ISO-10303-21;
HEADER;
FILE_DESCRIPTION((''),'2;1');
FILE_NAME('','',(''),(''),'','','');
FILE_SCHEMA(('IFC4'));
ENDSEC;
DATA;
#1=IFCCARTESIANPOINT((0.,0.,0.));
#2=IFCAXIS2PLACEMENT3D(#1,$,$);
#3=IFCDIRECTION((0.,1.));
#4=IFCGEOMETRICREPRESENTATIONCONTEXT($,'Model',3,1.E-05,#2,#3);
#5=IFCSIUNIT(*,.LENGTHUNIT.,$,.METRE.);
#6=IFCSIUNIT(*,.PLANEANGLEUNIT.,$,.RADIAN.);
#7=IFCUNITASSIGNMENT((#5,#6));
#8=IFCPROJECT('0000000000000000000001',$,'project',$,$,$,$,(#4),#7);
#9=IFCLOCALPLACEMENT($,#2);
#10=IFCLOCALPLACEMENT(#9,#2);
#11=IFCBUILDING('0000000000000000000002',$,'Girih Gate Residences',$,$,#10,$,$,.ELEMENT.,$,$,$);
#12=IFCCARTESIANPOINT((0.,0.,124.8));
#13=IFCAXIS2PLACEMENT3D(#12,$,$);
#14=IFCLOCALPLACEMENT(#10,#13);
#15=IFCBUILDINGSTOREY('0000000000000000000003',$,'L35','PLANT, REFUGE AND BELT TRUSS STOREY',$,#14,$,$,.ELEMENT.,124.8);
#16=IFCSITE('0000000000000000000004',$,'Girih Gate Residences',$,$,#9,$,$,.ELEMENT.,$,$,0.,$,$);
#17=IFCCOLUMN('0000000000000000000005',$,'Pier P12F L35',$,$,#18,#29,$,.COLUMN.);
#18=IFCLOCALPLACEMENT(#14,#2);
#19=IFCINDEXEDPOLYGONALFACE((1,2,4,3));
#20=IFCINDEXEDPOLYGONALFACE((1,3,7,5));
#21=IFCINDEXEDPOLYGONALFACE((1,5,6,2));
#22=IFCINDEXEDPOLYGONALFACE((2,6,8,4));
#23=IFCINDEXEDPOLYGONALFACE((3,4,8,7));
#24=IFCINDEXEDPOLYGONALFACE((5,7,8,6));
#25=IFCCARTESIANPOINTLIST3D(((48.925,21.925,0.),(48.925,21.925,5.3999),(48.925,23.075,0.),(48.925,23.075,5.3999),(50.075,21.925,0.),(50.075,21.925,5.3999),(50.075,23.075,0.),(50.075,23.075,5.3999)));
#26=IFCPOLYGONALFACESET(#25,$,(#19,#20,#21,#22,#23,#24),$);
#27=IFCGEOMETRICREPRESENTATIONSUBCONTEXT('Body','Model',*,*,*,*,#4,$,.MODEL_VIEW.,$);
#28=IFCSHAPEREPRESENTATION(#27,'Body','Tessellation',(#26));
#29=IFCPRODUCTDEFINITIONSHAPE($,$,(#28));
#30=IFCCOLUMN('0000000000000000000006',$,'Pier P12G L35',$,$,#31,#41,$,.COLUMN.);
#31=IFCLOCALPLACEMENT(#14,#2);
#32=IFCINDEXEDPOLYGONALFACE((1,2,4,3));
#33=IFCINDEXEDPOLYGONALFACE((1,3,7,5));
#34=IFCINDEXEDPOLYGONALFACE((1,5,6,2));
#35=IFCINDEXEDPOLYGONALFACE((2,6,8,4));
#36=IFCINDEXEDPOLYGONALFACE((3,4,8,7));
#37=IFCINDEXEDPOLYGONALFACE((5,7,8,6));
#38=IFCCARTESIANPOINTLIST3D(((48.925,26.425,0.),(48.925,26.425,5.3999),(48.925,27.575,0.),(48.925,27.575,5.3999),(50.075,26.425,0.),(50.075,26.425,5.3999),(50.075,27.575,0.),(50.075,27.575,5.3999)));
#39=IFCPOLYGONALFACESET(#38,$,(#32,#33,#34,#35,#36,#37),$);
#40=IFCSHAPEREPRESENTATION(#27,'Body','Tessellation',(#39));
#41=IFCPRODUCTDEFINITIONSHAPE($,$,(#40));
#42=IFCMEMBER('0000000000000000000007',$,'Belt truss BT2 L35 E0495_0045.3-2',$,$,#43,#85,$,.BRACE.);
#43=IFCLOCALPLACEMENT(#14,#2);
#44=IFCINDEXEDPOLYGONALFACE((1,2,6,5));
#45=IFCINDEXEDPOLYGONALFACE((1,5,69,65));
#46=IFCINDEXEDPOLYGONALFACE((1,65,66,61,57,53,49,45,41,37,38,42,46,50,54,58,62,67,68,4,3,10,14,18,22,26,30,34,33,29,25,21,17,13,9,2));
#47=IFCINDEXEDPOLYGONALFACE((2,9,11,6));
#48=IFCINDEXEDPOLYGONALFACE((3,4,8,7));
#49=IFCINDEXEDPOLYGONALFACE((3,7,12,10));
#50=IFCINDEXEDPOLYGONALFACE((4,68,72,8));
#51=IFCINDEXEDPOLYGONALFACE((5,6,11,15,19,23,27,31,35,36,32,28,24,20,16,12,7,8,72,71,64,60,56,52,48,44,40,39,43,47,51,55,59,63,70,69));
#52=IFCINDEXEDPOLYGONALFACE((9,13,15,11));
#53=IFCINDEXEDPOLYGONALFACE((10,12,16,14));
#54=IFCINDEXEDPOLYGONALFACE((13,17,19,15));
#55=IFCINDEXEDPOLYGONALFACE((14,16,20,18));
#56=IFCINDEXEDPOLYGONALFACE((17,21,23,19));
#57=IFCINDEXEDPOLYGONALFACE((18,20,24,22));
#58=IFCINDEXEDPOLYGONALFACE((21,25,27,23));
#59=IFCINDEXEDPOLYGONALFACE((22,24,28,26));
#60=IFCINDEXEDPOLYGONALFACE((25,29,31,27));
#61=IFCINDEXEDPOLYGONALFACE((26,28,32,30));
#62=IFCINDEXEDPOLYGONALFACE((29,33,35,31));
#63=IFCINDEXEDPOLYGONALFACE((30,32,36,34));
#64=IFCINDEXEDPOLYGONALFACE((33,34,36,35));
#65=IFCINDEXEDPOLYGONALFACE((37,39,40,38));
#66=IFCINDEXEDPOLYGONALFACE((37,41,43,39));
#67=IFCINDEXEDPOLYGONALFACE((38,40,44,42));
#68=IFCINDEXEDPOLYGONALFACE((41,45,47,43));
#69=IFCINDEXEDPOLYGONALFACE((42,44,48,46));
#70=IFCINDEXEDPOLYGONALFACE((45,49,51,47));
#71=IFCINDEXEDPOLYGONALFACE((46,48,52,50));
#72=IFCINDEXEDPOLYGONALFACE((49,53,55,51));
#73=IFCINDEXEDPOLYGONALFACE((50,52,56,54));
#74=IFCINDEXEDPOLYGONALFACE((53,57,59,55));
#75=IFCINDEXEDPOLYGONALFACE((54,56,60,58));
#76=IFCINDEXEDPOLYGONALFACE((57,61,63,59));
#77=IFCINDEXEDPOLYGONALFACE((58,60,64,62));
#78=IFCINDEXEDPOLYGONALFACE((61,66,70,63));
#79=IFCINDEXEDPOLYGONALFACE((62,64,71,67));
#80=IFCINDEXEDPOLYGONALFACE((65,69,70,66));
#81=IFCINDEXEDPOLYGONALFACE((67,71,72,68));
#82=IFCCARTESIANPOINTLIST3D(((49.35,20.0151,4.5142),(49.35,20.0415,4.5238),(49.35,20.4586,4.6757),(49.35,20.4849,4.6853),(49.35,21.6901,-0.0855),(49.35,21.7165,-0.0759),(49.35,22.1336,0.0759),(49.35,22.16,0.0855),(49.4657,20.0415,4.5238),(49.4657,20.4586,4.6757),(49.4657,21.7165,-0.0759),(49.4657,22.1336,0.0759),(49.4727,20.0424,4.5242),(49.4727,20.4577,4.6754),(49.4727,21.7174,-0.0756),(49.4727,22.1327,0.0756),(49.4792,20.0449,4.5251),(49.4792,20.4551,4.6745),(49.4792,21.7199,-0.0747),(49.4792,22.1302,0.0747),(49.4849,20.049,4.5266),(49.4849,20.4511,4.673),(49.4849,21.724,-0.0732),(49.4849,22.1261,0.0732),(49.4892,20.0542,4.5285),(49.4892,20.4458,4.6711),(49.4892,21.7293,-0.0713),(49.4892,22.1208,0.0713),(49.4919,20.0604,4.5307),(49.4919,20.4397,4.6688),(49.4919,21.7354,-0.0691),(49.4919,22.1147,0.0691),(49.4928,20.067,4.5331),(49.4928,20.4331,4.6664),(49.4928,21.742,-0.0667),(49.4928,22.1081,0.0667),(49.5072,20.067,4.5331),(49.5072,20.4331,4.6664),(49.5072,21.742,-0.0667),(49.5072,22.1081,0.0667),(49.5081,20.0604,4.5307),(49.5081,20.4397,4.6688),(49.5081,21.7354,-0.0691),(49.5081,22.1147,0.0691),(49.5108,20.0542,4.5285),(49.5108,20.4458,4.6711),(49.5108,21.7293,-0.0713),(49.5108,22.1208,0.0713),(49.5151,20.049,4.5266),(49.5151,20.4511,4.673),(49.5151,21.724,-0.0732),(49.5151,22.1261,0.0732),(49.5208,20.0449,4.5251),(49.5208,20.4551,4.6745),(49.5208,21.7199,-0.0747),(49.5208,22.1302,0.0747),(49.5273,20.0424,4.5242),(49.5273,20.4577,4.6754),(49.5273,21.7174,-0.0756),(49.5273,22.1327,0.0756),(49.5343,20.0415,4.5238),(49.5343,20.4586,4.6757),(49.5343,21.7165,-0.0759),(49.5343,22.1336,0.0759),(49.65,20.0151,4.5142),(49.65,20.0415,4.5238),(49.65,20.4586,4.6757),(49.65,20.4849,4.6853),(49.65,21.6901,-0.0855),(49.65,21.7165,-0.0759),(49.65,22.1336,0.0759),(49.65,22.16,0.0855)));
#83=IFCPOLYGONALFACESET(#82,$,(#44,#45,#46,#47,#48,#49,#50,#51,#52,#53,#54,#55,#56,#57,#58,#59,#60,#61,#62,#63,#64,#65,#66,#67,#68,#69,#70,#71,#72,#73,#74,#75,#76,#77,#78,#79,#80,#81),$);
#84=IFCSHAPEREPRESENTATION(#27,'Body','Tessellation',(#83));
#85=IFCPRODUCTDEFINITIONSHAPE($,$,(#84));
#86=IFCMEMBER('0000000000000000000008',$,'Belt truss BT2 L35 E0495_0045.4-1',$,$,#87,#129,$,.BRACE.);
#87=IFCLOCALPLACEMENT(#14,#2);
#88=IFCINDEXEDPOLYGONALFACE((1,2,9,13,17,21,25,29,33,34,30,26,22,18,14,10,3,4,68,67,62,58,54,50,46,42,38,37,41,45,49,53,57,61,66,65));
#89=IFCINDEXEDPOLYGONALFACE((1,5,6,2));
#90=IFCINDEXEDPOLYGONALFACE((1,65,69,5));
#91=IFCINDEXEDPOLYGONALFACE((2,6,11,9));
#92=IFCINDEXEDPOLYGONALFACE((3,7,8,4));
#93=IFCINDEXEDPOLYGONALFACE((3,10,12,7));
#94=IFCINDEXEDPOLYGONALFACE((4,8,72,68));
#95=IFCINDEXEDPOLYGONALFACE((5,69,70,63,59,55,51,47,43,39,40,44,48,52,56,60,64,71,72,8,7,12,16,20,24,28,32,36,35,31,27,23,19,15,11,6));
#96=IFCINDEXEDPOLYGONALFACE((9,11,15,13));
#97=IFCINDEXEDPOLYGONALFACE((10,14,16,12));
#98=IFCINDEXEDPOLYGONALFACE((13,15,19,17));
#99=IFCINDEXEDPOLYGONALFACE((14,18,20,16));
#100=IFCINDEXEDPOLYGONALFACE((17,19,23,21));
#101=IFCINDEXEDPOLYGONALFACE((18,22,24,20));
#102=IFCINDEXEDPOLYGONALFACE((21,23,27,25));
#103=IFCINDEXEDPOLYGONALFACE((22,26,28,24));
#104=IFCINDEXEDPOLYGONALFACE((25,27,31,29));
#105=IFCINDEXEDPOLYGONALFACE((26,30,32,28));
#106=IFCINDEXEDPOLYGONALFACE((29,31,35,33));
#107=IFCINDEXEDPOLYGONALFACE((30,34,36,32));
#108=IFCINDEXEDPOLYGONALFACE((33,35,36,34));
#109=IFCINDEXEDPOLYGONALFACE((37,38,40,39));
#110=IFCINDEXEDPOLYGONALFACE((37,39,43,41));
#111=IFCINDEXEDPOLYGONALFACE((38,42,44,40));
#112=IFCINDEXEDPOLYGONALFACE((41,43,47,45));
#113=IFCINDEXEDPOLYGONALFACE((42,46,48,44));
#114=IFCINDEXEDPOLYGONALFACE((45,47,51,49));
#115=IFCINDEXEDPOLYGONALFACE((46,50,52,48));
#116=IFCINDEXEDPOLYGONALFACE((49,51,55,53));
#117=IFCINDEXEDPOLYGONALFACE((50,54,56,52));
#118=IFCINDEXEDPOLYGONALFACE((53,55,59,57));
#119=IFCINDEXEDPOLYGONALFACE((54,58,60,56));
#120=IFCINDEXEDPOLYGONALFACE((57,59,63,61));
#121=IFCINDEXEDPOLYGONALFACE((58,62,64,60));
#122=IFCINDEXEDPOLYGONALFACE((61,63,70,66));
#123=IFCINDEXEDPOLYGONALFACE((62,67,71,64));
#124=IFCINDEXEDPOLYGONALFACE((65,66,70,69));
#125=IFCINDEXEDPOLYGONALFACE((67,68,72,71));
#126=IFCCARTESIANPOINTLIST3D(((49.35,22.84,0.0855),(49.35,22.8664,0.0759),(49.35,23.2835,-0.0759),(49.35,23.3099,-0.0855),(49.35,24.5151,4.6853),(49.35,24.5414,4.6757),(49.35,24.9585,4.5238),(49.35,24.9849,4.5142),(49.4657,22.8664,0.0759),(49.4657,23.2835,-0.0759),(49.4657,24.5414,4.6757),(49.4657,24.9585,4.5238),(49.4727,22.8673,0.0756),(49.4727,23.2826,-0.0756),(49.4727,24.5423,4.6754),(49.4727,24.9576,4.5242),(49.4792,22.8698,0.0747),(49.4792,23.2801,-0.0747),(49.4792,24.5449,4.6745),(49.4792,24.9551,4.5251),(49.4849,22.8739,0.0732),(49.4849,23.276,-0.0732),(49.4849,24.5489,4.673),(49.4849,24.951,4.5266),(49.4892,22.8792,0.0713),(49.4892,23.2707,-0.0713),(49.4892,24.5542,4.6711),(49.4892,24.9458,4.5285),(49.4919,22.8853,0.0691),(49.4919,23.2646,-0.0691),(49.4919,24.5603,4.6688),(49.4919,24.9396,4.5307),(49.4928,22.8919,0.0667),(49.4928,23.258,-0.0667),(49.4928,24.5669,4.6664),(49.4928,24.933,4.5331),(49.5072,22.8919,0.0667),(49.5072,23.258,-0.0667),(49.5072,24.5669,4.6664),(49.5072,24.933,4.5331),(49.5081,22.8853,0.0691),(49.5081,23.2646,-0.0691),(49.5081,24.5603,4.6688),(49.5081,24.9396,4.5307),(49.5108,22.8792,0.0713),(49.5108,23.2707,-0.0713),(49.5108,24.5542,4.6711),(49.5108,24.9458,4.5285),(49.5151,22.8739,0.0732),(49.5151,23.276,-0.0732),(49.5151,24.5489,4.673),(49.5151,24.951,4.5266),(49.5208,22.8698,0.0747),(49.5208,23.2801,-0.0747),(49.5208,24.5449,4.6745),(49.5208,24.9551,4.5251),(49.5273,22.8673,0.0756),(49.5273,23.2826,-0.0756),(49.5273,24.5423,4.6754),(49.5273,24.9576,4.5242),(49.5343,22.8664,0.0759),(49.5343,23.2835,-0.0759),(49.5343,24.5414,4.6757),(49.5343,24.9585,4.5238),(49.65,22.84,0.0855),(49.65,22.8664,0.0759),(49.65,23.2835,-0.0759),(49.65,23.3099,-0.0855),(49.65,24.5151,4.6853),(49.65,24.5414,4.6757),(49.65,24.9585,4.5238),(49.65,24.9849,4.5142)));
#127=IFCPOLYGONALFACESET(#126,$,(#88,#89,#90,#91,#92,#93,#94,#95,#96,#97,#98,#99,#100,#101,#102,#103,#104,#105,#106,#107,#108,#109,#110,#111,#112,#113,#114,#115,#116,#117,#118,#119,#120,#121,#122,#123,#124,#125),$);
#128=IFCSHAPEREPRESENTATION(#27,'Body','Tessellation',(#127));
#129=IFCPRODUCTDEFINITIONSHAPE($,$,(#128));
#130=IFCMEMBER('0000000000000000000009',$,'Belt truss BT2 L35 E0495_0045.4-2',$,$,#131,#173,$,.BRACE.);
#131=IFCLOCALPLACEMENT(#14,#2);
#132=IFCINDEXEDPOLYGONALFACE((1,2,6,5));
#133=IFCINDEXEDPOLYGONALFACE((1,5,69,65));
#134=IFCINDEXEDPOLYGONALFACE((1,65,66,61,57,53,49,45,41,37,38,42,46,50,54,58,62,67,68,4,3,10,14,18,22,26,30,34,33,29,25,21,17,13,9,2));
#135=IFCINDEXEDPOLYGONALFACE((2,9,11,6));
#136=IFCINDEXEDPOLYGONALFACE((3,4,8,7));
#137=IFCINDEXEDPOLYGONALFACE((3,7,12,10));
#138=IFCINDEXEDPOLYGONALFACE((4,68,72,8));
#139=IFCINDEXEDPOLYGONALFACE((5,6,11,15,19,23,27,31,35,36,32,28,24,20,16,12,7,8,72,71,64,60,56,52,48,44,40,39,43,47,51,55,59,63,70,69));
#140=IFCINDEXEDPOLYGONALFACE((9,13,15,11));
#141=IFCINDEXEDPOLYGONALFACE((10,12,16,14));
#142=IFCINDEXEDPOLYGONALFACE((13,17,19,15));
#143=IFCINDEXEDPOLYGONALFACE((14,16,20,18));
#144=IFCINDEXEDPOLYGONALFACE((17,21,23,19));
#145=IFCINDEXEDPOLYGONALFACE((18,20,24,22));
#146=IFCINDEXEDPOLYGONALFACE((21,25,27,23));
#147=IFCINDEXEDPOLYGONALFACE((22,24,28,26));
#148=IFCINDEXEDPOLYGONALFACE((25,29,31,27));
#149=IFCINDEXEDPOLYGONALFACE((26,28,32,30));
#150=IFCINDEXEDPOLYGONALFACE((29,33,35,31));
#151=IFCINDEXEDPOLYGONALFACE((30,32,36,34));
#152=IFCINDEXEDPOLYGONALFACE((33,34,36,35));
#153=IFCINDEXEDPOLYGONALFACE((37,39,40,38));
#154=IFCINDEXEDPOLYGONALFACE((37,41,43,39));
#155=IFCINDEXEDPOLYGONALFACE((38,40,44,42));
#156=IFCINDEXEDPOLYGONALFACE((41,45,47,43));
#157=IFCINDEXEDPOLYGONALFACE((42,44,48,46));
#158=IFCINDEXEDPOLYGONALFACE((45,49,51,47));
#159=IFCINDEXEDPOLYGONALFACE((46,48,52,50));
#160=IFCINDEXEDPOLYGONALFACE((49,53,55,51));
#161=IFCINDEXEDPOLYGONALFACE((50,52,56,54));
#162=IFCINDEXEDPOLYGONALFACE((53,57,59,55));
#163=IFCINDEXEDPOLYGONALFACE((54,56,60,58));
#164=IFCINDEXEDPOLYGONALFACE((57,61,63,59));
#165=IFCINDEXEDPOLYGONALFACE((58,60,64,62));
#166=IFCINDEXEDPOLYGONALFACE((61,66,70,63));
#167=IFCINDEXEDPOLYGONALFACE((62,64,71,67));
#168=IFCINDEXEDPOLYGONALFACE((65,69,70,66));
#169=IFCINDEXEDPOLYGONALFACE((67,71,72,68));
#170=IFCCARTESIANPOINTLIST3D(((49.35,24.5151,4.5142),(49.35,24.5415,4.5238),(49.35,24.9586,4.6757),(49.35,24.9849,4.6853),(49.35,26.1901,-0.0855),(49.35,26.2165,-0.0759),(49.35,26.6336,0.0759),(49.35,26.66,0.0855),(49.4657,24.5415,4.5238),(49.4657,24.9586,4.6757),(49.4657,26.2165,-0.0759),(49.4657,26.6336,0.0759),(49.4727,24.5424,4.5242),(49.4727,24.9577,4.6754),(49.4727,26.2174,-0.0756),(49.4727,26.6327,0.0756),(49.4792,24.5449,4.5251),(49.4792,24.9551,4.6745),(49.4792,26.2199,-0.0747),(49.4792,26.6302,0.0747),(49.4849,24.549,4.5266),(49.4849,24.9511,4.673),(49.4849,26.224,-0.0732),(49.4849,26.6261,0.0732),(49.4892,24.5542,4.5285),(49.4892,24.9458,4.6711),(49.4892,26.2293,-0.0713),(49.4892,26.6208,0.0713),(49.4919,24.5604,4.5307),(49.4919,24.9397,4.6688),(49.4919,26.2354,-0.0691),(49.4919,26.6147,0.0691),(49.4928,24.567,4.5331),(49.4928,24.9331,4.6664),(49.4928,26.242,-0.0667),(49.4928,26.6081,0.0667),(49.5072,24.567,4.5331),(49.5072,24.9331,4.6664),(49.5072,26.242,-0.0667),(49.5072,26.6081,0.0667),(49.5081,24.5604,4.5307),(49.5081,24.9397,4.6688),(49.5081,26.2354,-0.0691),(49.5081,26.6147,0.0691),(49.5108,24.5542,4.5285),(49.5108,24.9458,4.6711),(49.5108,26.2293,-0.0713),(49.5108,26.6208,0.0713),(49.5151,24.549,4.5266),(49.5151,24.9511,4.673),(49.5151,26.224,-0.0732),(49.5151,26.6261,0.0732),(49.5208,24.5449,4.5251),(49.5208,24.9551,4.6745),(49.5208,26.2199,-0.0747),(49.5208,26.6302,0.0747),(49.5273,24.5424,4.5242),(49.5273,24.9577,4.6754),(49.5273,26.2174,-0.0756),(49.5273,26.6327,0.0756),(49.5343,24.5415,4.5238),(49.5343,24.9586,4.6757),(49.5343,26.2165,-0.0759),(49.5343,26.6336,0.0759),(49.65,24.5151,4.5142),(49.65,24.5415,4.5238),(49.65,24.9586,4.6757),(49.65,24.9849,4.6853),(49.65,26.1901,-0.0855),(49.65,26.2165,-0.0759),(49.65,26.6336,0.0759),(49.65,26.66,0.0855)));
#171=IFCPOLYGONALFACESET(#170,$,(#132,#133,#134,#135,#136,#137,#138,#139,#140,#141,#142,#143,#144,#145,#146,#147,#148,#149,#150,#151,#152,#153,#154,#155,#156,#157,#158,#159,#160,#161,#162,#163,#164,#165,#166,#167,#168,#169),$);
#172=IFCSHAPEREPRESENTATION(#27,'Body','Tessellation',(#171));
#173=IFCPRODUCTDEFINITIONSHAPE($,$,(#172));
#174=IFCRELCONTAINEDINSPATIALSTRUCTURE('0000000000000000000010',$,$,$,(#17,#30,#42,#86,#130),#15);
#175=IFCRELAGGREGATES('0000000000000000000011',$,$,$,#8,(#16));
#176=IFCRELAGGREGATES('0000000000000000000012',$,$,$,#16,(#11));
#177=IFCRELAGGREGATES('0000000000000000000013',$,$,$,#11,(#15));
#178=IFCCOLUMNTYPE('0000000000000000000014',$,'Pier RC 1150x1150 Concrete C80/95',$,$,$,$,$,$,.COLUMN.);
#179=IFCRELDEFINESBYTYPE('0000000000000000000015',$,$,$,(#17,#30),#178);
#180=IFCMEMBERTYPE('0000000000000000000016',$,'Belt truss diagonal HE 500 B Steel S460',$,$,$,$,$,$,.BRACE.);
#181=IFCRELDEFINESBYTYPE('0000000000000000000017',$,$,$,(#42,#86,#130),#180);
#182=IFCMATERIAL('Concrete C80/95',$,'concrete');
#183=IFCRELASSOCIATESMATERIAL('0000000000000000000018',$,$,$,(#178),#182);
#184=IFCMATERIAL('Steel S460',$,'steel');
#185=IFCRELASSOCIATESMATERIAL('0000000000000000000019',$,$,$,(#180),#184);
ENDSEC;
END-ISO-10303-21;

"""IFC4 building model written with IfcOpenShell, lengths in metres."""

from ifc_helpers import new_model, si_unit, direction, frame, origin, origin_2d, place, context, subcontext, project, spatial, rectangle, i_section, extrude, material, material_profile, profile_set, type_object, element, save


model = new_model("IFC4")

# Units and contexts
model_context = context("Model", 3, precision=1e-05, world=origin(), true_north=direction((0.0, 1.0)))
body_context = subcontext(model_context, "Body", "Model", "MODEL_VIEW")
ifc_project = project(units=[si_unit("LENGTHUNIT", "METRE"), si_unit("PLANEANGLEUNIT", "RADIAN")], contexts=[model_context])

# Site, building, storey
site_placement = place(None, origin())
site = spatial("IfcSite", under=ifc_project, at=site_placement, Name="Girih Gate Residences", CompositionType="ELEMENT", RefElevation=0.0)
building_placement = place(site_placement, origin())
building = spatial("IfcBuilding", under=site, at=building_placement, Name="Girih Gate Residences", CompositionType="ELEMENT")
storey_placement = place(building_placement, frame((0.0, 0.0, 124.8)))
storey = spatial("IfcBuildingStorey", under=building, at=storey_placement, Name="L35", Description="PLANT, REFUGE AND BELT TRUSS STOREY", CompositionType="ELEMENT", Elevation=124.8)

# Columns
ifc_material_1 = material(Name="Concrete C80/95", Category="concrete")
ifc_material_profile_1 = material_profile(ifc_material_1, rectangle(XDim=1.1499, YDim=1.1499, at=origin_2d()))
ifc_profile_set_1 = profile_set([ifc_material_profile_1], Name="Concrete C80/95")
column_type = type_object("IfcColumnType", Name="Pier RC 1150x1150 Concrete C80/95", PredefinedType="COLUMN", material=ifc_profile_set_1)
for number, where, z_axis, x_axis, name in (
    (1, (49.5, 22.5, 0.0), (0.0, 0.0, 1.0), (1.0, 0.0, 0.0), "Pier P12F L35"),
    (2, (49.5, 27.0, 0.0), (0.0, 0.0, 1.0), (1.0, 0.0, 0.0), "Pier P12G L35"),
):
    element("IfcColumn", number, at=place(storey_placement, frame(where, z_axis=z_axis, x_axis=x_axis)), inside=storey, type_object=column_type, Name=name, PredefinedType="COLUMN", context=body_context, shape_type="SweptSolid", body=[
        extrude(rectangle(XDim=1.1499, YDim=1.1499, at=origin_2d()), origin(), (0.0, 0.0, 1.0), 5.3999),
    ])

# Members
ifc_material_2 = material(Name="Steel S460", Category="steel")
ifc_material_profile_2 = material_profile(ifc_material_2, i_section(OverallWidth=0.3, OverallDepth=0.5, WebThickness=0.0144, FlangeThickness=0.0281, FilletRadius=0.0271, at=origin_2d()))
ifc_profile_set_2 = profile_set([ifc_material_profile_2], Name="Steel S460")
member_type = type_object("IfcMemberType", Name="Belt truss diagonal HE 500 B Steel S460", PredefinedType="BRACE", material=ifc_profile_set_2)
for number, where, z_axis, x_axis, name in (
    (3, (49.5, 21.925, 0.0), (0.0, -0.342171, 0.939638), (1.0, 0.0, 0.0), "Belt truss BT2 L35 E0495_0045.3-2"),
    (4, (49.5, 23.075, 0.0), (0.0, 0.342171, 0.939638), (-1.0, 0.0, 0.0), "Belt truss BT2 L35 E0495_0045.4-1"),
    (5, (49.5, 26.425, 0.0), (0.0, -0.342171, 0.939638), (1.0, 0.0, 0.0), "Belt truss BT2 L35 E0495_0045.4-2"),
):
    element("IfcMember", number, at=place(storey_placement, frame(where, z_axis=z_axis, x_axis=x_axis)), inside=storey, type_object=member_type, Name=name, PredefinedType="BRACE", context=body_context, shape_type="SweptSolid", body=[
        extrude(i_section(OverallWidth=0.3, OverallDepth=0.5, WebThickness=0.0144, FlangeThickness=0.0281, FilletRadius=0.0271, at=origin_2d()), origin(), (0.0, 0.0, 1.0), 4.8953),
    ])

save(model, "model.ifc")
